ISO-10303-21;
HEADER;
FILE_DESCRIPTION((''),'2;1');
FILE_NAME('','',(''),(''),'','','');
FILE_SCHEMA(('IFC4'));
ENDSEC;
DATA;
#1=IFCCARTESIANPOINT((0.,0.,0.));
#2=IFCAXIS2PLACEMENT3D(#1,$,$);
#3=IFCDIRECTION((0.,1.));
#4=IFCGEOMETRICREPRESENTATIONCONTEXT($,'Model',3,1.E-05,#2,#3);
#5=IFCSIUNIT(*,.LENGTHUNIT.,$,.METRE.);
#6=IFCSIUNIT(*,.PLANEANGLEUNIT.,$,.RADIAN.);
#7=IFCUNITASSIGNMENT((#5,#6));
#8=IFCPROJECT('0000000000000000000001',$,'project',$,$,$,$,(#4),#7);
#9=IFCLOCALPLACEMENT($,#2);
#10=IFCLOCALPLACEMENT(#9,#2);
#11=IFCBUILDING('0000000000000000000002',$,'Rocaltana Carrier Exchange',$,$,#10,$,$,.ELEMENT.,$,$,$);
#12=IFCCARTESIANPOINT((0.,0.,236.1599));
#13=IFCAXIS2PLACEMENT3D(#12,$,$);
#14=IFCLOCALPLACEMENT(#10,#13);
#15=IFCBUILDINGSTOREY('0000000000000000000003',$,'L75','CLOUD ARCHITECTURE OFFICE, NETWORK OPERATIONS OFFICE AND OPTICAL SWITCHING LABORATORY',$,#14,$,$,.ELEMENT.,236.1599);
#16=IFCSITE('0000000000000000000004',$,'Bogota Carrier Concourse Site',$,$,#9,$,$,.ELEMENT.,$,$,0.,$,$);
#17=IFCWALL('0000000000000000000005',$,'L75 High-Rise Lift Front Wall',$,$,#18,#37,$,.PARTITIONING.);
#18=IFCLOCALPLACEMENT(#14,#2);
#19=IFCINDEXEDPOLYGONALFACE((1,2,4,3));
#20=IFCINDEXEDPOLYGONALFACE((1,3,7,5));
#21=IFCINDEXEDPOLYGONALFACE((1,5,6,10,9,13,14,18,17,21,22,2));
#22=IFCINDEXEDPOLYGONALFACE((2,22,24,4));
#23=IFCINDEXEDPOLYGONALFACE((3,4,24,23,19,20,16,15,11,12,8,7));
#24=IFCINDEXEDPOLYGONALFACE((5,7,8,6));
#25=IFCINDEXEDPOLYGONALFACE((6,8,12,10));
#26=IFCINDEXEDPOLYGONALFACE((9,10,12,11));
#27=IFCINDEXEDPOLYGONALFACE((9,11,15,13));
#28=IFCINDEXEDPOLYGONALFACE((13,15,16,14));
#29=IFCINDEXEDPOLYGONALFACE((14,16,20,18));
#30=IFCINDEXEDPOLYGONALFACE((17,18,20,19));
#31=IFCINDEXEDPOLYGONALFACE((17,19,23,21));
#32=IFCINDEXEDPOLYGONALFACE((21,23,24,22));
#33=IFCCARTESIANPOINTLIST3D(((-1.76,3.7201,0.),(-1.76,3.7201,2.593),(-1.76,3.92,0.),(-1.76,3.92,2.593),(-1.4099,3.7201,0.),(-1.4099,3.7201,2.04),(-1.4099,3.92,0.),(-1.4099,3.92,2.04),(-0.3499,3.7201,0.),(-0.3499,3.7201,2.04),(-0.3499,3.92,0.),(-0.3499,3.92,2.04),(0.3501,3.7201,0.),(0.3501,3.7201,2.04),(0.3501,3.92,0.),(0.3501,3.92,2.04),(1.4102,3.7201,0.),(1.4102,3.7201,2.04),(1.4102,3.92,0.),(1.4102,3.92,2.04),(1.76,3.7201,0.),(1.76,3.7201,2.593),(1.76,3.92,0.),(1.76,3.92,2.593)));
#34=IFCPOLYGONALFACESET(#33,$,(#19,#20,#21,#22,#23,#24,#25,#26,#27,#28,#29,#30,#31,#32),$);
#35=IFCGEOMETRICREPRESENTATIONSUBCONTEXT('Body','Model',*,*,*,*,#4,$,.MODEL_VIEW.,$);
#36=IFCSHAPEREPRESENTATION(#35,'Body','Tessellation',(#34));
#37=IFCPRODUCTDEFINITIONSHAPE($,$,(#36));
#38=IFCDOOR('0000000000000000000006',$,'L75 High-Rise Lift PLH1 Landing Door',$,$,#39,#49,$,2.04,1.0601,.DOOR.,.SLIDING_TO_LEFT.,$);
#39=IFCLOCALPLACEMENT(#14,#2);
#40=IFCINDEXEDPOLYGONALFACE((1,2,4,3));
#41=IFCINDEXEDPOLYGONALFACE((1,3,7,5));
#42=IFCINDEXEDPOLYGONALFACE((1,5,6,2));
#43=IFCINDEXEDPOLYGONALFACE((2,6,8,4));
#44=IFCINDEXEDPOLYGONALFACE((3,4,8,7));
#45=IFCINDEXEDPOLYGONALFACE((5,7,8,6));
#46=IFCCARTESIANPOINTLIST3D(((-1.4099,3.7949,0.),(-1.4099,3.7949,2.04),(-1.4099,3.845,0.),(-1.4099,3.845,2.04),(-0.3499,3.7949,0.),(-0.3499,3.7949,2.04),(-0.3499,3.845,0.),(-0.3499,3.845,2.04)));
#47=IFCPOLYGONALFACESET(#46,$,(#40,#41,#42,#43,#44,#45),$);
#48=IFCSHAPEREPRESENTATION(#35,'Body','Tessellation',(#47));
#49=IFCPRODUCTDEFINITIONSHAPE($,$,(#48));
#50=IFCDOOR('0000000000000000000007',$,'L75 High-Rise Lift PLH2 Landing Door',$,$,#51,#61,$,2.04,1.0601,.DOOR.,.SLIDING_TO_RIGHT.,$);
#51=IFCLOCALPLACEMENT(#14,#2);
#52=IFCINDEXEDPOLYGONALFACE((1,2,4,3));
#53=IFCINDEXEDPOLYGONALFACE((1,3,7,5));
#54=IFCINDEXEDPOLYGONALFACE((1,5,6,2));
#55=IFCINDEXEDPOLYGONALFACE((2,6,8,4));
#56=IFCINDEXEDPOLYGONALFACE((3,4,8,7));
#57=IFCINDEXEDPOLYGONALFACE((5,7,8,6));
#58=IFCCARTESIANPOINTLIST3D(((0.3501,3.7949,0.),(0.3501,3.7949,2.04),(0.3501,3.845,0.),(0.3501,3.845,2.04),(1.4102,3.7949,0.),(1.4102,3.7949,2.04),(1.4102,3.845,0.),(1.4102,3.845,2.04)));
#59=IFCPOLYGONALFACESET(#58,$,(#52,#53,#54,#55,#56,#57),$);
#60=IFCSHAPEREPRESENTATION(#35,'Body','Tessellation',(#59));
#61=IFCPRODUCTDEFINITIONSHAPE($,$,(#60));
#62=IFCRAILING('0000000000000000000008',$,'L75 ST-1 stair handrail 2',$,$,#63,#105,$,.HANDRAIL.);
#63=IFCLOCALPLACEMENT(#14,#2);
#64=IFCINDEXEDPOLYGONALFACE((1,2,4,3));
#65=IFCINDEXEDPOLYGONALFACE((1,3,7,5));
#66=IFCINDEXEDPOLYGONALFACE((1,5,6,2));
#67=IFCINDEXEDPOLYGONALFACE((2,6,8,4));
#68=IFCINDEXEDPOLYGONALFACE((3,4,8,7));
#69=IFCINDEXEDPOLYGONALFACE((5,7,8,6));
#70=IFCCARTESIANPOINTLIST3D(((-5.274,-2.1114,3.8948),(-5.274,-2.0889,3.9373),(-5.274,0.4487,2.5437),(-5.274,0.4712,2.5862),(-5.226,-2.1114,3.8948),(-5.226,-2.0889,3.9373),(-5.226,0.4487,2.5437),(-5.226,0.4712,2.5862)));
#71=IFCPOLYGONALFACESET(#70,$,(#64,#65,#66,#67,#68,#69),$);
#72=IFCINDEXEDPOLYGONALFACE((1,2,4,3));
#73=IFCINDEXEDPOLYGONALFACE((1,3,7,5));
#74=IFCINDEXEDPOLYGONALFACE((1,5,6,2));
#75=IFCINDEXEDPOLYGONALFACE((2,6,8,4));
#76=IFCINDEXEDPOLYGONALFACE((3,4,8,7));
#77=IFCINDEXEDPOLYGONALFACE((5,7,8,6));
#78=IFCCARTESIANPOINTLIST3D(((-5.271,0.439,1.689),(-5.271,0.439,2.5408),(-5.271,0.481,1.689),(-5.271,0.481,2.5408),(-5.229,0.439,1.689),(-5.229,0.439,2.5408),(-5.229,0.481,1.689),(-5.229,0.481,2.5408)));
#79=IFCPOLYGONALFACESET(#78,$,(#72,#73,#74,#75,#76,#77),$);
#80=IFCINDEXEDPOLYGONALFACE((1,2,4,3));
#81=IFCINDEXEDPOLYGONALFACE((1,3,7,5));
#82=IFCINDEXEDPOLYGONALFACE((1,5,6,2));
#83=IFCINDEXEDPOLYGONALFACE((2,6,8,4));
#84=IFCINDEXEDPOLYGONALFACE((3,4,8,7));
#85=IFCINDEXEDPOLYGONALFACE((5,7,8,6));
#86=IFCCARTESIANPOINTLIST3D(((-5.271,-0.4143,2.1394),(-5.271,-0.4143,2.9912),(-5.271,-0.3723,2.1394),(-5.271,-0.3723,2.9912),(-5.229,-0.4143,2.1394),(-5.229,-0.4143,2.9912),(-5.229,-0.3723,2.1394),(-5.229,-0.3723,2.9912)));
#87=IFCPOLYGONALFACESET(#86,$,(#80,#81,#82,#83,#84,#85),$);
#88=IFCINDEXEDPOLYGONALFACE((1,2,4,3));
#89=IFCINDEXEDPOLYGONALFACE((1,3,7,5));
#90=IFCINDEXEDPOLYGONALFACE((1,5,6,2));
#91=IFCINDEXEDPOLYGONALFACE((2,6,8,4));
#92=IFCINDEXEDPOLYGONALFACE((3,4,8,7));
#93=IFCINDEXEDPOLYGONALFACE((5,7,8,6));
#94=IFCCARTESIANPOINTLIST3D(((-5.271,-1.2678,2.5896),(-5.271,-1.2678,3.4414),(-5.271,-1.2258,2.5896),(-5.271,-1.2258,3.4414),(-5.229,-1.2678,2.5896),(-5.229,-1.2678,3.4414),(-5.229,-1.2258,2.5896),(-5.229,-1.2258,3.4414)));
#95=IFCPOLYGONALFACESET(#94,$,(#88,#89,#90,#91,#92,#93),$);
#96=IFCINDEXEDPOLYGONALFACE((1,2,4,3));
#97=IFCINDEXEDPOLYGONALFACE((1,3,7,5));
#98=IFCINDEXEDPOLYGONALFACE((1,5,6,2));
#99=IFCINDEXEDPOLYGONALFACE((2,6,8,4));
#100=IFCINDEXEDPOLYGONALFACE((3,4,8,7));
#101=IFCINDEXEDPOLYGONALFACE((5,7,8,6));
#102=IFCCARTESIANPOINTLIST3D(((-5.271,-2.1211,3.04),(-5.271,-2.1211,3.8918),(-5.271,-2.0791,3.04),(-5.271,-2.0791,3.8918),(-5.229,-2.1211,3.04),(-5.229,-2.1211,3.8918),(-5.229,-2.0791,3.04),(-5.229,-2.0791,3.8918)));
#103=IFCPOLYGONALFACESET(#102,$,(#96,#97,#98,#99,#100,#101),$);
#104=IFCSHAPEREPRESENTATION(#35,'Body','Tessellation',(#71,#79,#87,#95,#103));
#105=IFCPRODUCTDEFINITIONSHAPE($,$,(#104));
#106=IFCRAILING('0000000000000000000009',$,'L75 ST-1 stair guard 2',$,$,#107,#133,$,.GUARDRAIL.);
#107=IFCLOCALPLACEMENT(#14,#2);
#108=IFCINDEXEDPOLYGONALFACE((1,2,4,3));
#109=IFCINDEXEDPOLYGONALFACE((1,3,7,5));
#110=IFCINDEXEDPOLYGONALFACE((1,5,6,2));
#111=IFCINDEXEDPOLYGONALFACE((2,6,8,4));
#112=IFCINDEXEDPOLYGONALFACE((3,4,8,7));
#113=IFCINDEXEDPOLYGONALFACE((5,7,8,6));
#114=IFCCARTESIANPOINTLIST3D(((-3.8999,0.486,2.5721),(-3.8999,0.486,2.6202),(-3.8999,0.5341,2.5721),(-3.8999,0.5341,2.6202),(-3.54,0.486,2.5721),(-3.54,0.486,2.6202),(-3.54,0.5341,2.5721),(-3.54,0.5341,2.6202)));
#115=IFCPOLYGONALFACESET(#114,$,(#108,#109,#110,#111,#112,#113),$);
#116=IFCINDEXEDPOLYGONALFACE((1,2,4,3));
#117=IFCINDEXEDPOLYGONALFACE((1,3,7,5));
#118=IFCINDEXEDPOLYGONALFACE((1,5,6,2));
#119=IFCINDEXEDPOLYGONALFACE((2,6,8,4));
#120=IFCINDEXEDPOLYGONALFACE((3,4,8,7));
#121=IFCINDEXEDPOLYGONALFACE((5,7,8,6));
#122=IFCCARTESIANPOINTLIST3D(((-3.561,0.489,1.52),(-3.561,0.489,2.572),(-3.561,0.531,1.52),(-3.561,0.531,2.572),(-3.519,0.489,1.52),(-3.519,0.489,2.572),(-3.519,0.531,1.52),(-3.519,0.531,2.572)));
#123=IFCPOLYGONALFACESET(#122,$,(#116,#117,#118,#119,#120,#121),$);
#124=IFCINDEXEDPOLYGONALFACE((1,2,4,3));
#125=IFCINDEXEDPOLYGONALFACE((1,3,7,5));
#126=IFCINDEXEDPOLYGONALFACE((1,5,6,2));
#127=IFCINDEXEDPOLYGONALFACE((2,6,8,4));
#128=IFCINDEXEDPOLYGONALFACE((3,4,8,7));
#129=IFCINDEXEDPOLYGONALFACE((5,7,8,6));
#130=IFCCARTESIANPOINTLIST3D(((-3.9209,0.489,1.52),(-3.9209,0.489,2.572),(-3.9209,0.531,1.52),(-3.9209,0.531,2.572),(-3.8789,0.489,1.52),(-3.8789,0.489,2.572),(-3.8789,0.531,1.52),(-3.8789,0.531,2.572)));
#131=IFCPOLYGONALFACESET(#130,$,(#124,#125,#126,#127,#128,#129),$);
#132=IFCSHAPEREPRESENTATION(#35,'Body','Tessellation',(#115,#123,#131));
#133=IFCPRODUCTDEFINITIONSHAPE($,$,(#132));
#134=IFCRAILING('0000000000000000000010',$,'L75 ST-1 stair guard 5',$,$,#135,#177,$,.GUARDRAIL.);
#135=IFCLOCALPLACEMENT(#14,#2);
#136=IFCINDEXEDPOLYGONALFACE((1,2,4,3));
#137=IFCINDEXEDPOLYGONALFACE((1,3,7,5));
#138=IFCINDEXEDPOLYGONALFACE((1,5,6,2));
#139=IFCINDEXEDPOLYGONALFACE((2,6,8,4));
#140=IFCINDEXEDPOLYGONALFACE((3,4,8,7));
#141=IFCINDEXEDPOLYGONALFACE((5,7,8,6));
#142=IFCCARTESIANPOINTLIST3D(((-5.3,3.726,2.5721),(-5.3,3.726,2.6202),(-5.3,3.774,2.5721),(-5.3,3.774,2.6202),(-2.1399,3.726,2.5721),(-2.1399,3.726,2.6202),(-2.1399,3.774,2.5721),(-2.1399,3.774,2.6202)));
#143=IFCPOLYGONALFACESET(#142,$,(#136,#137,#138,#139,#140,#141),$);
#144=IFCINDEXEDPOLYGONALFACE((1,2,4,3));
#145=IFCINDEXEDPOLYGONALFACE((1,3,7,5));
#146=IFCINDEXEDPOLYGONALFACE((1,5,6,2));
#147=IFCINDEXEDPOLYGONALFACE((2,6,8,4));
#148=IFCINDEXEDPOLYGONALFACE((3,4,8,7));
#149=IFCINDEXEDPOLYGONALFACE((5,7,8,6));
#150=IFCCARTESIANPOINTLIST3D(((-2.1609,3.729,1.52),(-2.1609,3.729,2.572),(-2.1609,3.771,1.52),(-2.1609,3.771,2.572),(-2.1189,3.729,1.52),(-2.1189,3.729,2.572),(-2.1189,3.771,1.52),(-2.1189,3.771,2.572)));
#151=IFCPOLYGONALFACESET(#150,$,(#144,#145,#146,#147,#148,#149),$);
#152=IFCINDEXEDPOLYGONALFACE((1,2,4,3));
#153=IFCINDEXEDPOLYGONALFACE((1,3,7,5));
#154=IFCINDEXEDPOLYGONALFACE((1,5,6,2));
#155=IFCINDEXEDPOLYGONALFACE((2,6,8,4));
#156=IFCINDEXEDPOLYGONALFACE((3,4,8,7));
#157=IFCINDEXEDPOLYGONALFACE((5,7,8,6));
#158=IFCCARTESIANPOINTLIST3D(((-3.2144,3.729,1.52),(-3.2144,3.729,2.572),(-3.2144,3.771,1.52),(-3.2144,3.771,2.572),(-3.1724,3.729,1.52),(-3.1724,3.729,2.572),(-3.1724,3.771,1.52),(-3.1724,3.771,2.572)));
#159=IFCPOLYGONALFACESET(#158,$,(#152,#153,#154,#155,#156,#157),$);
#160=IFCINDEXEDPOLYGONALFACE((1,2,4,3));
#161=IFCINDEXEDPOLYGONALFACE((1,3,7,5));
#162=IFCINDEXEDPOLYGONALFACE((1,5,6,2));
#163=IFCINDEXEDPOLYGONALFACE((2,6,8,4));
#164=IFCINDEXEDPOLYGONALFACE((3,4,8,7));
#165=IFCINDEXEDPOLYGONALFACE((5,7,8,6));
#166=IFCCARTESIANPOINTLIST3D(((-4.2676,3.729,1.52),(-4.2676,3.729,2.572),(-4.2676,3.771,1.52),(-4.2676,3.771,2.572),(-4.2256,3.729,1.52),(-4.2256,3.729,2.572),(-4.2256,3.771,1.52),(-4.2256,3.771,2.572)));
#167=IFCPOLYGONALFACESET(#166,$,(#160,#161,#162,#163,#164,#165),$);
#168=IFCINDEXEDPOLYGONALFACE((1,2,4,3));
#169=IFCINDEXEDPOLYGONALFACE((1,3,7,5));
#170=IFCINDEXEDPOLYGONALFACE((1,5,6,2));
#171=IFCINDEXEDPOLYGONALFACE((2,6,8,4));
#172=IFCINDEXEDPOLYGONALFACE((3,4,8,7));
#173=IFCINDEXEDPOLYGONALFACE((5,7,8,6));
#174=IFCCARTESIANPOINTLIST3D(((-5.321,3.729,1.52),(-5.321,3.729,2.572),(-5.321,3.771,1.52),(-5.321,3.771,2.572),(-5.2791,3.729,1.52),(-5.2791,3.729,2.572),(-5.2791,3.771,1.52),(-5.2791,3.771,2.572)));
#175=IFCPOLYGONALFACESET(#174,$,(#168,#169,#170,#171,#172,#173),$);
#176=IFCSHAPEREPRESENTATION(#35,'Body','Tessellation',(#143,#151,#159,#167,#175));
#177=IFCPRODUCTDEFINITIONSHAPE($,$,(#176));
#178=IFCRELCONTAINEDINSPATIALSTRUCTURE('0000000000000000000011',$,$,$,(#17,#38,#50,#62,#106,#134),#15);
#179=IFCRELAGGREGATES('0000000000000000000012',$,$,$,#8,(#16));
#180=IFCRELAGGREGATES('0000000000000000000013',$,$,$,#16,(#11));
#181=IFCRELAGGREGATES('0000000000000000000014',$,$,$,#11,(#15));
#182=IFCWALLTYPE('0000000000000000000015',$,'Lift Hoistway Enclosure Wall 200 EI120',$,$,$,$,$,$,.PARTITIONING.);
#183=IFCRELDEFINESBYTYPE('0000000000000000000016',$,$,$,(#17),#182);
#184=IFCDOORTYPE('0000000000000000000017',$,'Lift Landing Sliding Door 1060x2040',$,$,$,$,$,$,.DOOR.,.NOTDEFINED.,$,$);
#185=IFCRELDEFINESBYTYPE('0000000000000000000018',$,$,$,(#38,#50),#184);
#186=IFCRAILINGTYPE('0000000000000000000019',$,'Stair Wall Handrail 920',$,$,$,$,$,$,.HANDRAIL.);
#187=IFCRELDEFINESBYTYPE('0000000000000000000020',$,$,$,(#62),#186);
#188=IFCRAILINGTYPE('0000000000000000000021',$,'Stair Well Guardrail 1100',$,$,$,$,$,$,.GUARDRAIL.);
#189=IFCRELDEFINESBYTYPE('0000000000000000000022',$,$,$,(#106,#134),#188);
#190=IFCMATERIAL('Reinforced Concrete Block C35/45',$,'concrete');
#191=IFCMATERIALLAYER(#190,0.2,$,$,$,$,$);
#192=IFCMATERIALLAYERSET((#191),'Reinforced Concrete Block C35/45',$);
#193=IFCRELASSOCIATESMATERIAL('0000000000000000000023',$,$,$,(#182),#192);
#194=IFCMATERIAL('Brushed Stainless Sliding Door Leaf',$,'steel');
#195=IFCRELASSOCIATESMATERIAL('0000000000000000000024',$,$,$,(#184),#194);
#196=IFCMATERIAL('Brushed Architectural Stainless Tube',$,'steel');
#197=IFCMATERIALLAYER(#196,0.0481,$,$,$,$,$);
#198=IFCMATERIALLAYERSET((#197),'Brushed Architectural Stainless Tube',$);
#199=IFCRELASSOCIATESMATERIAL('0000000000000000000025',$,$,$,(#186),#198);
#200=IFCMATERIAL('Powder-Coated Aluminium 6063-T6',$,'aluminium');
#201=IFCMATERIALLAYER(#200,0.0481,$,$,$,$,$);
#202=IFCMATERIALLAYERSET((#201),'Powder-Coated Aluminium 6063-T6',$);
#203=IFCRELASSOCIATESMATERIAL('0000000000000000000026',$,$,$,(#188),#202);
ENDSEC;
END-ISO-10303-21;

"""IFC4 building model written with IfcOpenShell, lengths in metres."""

from ifc_helpers import new_model, si_unit, direction, frame, frame_2d, origin, origin_2d, place, context, subcontext, project, spatial, rectangle, extrude, material, layer, layer_set, type_object, element, fill, save


model = new_model("IFC4")

# Units and contexts
model_context = context("Model", 3, precision=1e-05, world=origin(), true_north=direction((0.0, 1.0)))
body_context = subcontext(model_context, "Body", "Model", "MODEL_VIEW")
ifc_project = project(units=[si_unit("LENGTHUNIT", "METRE"), si_unit("PLANEANGLEUNIT", "RADIAN")], contexts=[model_context])

# Site, building, storey
site_placement = place(None, origin())
site = spatial("IfcSite", under=ifc_project, at=site_placement, Name="Bogota Carrier Concourse Site", CompositionType="ELEMENT", RefElevation=0.0)
building_placement = place(site_placement, origin())
building = spatial("IfcBuilding", under=site, at=building_placement, Name="Rocaltana Carrier Exchange", CompositionType="ELEMENT")
storey_placement = place(building_placement, frame((0.0, 0.0, 236.1599)))
storey = spatial("IfcBuildingStorey", under=building, at=storey_placement, Name="L75", Description="CLOUD ARCHITECTURE OFFICE, NETWORK OPERATIONS OFFICE AND OPTICAL SWITCHING LABORATORY", CompositionType="ELEMENT", Elevation=236.1599)

# Shared definitions
ifc_material_1 = material(Name="Reinforced Concrete Block C35/45", Category="concrete")
ifc_layer_1 = layer(ifc_material_1, 0.2)
ifc_layer_set_1 = layer_set([ifc_layer_1], Name="Reinforced Concrete Block C35/45")
wall_type_1 = type_object("IfcWallType", Name="Lift Hoistway Enclosure Wall 200 EI120", PredefinedType="PARTITIONING", material=ifc_layer_set_1)

# Wall, openings, doors
wall_1_placement = place(storey_placement, frame((-1.76, 3.8201, 0.0), z_axis=(0.0, 0.0, 1.0), x_axis=(1.0, 0.0, 0.0)))
wall_1 = element("IfcWall", 1, at=wall_1_placement, inside=storey, type_object=wall_type_1, Name="L75 High-Rise Lift Front Wall", PredefinedType="PARTITIONING", context=body_context, shape_type="SweptSolid", body=[
    extrude(rectangle(XDim=3.52, YDim=0.2, at=frame_2d((1.76, 0.0))), origin(), (0.0, 0.0, 1.0), 2.593),
])
opening_1_placement = place(wall_1_placement, frame((0.3501, 0.0, 0.0)))
opening_1 = element("IfcOpeningElement", 2, at=opening_1_placement, cuts=wall_1, PredefinedType="OPENING", context=body_context, shape_type="SweptSolid", body=[
    extrude(rectangle(XDim=1.0601, YDim=2.04, at=frame_2d((0.53, 1.02))), frame((0.0, 0.1099, 0.0), z_axis=(0.0, -1.0, 0.0), x_axis=(1.0, 0.0, 0.0)), (0.0, 0.0, 1.0), 0.22),
])
opening_2_placement = place(wall_1_placement, frame((2.1101, 0.0, 0.0)))
opening_2 = element("IfcOpeningElement", 3, at=opening_2_placement, cuts=wall_1, PredefinedType="OPENING", context=body_context, shape_type="SweptSolid", body=[
    extrude(rectangle(XDim=1.0601, YDim=2.04, at=frame_2d((0.53, 1.02))), frame((0.0, 0.1099, 0.0), z_axis=(0.0, -1.0, 0.0), x_axis=(1.0, 0.0, 0.0)), (0.0, 0.0, 1.0), 0.22),
])
ifc_material_2 = material(Name="Brushed Stainless Sliding Door Leaf", Category="steel")
door_type = type_object("IfcDoorType", Name="Lift Landing Sliding Door 1060x2040", OperationType="NOTDEFINED", PredefinedType="DOOR", material=ifc_material_2)
door_1_placement = place(opening_1_placement, origin())
door_1 = element("IfcDoor", 4, at=door_1_placement, inside=storey, type_object=door_type, Name="L75 High-Rise Lift PLH1 Landing Door", OperationType="SLIDING_TO_LEFT", OverallHeight=2.04, OverallWidth=1.0601, PredefinedType="DOOR", context=body_context, shape_type="SweptSolid", body=[
    extrude(rectangle(XDim=1.0601, YDim=2.04, at=frame_2d((0.53, 1.02))), frame((0.0, 0.0249, 0.0), z_axis=(0.0, -1.0, 0.0), x_axis=(1.0, 0.0, 0.0)), (0.0, 0.0, 1.0), 0.05),
])
fill(opening_1, door_1)
door_2_placement = place(opening_2_placement, origin())
door_2 = element("IfcDoor", 5, at=door_2_placement, inside=storey, type_object=door_type, Name="L75 High-Rise Lift PLH2 Landing Door", OperationType="SLIDING_TO_RIGHT", OverallHeight=2.04, OverallWidth=1.0601, PredefinedType="DOOR", context=body_context, shape_type="SweptSolid", body=[
    extrude(rectangle(XDim=1.0601, YDim=2.04, at=frame_2d((0.53, 1.02))), frame((0.0, 0.0249, 0.0), z_axis=(0.0, -1.0, 0.0), x_axis=(1.0, 0.0, 0.0)), (0.0, 0.0, 1.0), 0.05),
])
fill(opening_2, door_2)

# Railings
ifc_material_3 = material(Name="Brushed Architectural Stainless Tube", Category="steel")
ifc_layer_2 = layer(ifc_material_3, 0.0481)
ifc_layer_set_2 = layer_set([ifc_layer_2], Name="Brushed Architectural Stainless Tube")
railing_type_1 = type_object("IfcRailingType", Name="Stair Wall Handrail 920", PredefinedType="HANDRAIL", material=ifc_layer_set_2)
railing_1_placement = place(storey_placement, frame((-5.25, 0.46, 1.689)))
element("IfcRailing", 6, at=railing_1_placement, inside=storey, type_object=railing_type_1, Name="L75 ST-1 stair handrail 2", PredefinedType="HANDRAIL", context=body_context, shape_type="SweptSolid", body=[
    extrude(rectangle(XDim=0.0481, YDim=0.0481, at=origin_2d()), frame((0.0, 0.0, 0.876), z_axis=(0.0, -0.884394, 0.46674), x_axis=(1.0, 0.0, 0.0)), (0.0, 0.0, 1.0), 2.8948),
    extrude(rectangle(XDim=0.042, YDim=0.042, at=origin_2d()), origin(), (0.0, 0.0, 1.0), 0.8518),
    extrude(rectangle(XDim=0.042, YDim=0.042, at=origin_2d()), frame((0.0, -0.8533, 0.4504)), (0.0, 0.0, 1.0), 0.8518),
    extrude(rectangle(XDim=0.042, YDim=0.042, at=origin_2d()), frame((0.0, -1.7068, 0.9006)), (0.0, 0.0, 1.0), 0.8518),
    extrude(rectangle(XDim=0.042, YDim=0.042, at=origin_2d()), frame((0.0, -2.5601, 1.3511)), (0.0, 0.0, 1.0), 0.8518),
])
ifc_material_4 = material(Name="Powder-Coated Aluminium 6063-T6", Category="aluminium")
ifc_layer_3 = layer(ifc_material_4, 0.0481)
ifc_layer_set_3 = layer_set([ifc_layer_3], Name="Powder-Coated Aluminium 6063-T6")
railing_type_2 = type_object("IfcRailingType", Name="Stair Well Guardrail 1100", PredefinedType="GUARDRAIL", material=ifc_layer_set_3)
railing_2_placement = place(storey_placement, frame((-3.54, 0.51, 1.52)))
element("IfcRailing", 7, at=railing_2_placement, inside=storey, type_object=railing_type_2, Name="L75 ST-1 stair guard 2", PredefinedType="GUARDRAIL", context=body_context, shape_type="SweptSolid", body=[
    extrude(rectangle(XDim=0.0481, YDim=0.0481, at=origin_2d()), frame((0.0, 0.0, 1.0762), z_axis=(-1.0, 0.0, 0.0), x_axis=(0.0, -1.0, 0.0)), (0.0, 0.0, 1.0), 0.3599),
    extrude(rectangle(XDim=0.042, YDim=0.042, at=origin_2d()), origin(), (0.0, 0.0, 1.0), 1.052),
    extrude(rectangle(XDim=0.042, YDim=0.042, at=origin_2d()), frame((-0.3599, 0.0, 0.0)), (0.0, 0.0, 1.0), 1.052),
])
railing_3_placement = place(storey_placement, frame((-2.1399, 3.75, 1.52)))
element("IfcRailing", 8, at=railing_3_placement, inside=storey, type_object=railing_type_2, Name="L75 ST-1 stair guard 5", PredefinedType="GUARDRAIL", context=body_context, shape_type="SweptSolid", body=[
    extrude(rectangle(XDim=0.0481, YDim=0.0481, at=origin_2d()), frame((0.0, 0.0, 1.0762), z_axis=(-1.0, 0.0, 0.0), x_axis=(0.0, -1.0, 0.0)), (0.0, 0.0, 1.0), 3.1602),
    extrude(rectangle(XDim=0.042, YDim=0.042, at=origin_2d()), origin(), (0.0, 0.0, 1.0), 1.052),
    extrude(rectangle(XDim=0.042, YDim=0.042, at=origin_2d()), frame((-1.0535, 0.0, 0.0)), (0.0, 0.0, 1.0), 1.052),
    extrude(rectangle(XDim=0.042, YDim=0.042, at=origin_2d()), frame((-2.1067, 0.0, 0.0)), (0.0, 0.0, 1.0), 1.052),
    extrude(rectangle(XDim=0.042, YDim=0.042, at=origin_2d()), frame((-3.1602, 0.0, 0.0)), (0.0, 0.0, 1.0), 1.052),
])

save(model, "model.ifc")
